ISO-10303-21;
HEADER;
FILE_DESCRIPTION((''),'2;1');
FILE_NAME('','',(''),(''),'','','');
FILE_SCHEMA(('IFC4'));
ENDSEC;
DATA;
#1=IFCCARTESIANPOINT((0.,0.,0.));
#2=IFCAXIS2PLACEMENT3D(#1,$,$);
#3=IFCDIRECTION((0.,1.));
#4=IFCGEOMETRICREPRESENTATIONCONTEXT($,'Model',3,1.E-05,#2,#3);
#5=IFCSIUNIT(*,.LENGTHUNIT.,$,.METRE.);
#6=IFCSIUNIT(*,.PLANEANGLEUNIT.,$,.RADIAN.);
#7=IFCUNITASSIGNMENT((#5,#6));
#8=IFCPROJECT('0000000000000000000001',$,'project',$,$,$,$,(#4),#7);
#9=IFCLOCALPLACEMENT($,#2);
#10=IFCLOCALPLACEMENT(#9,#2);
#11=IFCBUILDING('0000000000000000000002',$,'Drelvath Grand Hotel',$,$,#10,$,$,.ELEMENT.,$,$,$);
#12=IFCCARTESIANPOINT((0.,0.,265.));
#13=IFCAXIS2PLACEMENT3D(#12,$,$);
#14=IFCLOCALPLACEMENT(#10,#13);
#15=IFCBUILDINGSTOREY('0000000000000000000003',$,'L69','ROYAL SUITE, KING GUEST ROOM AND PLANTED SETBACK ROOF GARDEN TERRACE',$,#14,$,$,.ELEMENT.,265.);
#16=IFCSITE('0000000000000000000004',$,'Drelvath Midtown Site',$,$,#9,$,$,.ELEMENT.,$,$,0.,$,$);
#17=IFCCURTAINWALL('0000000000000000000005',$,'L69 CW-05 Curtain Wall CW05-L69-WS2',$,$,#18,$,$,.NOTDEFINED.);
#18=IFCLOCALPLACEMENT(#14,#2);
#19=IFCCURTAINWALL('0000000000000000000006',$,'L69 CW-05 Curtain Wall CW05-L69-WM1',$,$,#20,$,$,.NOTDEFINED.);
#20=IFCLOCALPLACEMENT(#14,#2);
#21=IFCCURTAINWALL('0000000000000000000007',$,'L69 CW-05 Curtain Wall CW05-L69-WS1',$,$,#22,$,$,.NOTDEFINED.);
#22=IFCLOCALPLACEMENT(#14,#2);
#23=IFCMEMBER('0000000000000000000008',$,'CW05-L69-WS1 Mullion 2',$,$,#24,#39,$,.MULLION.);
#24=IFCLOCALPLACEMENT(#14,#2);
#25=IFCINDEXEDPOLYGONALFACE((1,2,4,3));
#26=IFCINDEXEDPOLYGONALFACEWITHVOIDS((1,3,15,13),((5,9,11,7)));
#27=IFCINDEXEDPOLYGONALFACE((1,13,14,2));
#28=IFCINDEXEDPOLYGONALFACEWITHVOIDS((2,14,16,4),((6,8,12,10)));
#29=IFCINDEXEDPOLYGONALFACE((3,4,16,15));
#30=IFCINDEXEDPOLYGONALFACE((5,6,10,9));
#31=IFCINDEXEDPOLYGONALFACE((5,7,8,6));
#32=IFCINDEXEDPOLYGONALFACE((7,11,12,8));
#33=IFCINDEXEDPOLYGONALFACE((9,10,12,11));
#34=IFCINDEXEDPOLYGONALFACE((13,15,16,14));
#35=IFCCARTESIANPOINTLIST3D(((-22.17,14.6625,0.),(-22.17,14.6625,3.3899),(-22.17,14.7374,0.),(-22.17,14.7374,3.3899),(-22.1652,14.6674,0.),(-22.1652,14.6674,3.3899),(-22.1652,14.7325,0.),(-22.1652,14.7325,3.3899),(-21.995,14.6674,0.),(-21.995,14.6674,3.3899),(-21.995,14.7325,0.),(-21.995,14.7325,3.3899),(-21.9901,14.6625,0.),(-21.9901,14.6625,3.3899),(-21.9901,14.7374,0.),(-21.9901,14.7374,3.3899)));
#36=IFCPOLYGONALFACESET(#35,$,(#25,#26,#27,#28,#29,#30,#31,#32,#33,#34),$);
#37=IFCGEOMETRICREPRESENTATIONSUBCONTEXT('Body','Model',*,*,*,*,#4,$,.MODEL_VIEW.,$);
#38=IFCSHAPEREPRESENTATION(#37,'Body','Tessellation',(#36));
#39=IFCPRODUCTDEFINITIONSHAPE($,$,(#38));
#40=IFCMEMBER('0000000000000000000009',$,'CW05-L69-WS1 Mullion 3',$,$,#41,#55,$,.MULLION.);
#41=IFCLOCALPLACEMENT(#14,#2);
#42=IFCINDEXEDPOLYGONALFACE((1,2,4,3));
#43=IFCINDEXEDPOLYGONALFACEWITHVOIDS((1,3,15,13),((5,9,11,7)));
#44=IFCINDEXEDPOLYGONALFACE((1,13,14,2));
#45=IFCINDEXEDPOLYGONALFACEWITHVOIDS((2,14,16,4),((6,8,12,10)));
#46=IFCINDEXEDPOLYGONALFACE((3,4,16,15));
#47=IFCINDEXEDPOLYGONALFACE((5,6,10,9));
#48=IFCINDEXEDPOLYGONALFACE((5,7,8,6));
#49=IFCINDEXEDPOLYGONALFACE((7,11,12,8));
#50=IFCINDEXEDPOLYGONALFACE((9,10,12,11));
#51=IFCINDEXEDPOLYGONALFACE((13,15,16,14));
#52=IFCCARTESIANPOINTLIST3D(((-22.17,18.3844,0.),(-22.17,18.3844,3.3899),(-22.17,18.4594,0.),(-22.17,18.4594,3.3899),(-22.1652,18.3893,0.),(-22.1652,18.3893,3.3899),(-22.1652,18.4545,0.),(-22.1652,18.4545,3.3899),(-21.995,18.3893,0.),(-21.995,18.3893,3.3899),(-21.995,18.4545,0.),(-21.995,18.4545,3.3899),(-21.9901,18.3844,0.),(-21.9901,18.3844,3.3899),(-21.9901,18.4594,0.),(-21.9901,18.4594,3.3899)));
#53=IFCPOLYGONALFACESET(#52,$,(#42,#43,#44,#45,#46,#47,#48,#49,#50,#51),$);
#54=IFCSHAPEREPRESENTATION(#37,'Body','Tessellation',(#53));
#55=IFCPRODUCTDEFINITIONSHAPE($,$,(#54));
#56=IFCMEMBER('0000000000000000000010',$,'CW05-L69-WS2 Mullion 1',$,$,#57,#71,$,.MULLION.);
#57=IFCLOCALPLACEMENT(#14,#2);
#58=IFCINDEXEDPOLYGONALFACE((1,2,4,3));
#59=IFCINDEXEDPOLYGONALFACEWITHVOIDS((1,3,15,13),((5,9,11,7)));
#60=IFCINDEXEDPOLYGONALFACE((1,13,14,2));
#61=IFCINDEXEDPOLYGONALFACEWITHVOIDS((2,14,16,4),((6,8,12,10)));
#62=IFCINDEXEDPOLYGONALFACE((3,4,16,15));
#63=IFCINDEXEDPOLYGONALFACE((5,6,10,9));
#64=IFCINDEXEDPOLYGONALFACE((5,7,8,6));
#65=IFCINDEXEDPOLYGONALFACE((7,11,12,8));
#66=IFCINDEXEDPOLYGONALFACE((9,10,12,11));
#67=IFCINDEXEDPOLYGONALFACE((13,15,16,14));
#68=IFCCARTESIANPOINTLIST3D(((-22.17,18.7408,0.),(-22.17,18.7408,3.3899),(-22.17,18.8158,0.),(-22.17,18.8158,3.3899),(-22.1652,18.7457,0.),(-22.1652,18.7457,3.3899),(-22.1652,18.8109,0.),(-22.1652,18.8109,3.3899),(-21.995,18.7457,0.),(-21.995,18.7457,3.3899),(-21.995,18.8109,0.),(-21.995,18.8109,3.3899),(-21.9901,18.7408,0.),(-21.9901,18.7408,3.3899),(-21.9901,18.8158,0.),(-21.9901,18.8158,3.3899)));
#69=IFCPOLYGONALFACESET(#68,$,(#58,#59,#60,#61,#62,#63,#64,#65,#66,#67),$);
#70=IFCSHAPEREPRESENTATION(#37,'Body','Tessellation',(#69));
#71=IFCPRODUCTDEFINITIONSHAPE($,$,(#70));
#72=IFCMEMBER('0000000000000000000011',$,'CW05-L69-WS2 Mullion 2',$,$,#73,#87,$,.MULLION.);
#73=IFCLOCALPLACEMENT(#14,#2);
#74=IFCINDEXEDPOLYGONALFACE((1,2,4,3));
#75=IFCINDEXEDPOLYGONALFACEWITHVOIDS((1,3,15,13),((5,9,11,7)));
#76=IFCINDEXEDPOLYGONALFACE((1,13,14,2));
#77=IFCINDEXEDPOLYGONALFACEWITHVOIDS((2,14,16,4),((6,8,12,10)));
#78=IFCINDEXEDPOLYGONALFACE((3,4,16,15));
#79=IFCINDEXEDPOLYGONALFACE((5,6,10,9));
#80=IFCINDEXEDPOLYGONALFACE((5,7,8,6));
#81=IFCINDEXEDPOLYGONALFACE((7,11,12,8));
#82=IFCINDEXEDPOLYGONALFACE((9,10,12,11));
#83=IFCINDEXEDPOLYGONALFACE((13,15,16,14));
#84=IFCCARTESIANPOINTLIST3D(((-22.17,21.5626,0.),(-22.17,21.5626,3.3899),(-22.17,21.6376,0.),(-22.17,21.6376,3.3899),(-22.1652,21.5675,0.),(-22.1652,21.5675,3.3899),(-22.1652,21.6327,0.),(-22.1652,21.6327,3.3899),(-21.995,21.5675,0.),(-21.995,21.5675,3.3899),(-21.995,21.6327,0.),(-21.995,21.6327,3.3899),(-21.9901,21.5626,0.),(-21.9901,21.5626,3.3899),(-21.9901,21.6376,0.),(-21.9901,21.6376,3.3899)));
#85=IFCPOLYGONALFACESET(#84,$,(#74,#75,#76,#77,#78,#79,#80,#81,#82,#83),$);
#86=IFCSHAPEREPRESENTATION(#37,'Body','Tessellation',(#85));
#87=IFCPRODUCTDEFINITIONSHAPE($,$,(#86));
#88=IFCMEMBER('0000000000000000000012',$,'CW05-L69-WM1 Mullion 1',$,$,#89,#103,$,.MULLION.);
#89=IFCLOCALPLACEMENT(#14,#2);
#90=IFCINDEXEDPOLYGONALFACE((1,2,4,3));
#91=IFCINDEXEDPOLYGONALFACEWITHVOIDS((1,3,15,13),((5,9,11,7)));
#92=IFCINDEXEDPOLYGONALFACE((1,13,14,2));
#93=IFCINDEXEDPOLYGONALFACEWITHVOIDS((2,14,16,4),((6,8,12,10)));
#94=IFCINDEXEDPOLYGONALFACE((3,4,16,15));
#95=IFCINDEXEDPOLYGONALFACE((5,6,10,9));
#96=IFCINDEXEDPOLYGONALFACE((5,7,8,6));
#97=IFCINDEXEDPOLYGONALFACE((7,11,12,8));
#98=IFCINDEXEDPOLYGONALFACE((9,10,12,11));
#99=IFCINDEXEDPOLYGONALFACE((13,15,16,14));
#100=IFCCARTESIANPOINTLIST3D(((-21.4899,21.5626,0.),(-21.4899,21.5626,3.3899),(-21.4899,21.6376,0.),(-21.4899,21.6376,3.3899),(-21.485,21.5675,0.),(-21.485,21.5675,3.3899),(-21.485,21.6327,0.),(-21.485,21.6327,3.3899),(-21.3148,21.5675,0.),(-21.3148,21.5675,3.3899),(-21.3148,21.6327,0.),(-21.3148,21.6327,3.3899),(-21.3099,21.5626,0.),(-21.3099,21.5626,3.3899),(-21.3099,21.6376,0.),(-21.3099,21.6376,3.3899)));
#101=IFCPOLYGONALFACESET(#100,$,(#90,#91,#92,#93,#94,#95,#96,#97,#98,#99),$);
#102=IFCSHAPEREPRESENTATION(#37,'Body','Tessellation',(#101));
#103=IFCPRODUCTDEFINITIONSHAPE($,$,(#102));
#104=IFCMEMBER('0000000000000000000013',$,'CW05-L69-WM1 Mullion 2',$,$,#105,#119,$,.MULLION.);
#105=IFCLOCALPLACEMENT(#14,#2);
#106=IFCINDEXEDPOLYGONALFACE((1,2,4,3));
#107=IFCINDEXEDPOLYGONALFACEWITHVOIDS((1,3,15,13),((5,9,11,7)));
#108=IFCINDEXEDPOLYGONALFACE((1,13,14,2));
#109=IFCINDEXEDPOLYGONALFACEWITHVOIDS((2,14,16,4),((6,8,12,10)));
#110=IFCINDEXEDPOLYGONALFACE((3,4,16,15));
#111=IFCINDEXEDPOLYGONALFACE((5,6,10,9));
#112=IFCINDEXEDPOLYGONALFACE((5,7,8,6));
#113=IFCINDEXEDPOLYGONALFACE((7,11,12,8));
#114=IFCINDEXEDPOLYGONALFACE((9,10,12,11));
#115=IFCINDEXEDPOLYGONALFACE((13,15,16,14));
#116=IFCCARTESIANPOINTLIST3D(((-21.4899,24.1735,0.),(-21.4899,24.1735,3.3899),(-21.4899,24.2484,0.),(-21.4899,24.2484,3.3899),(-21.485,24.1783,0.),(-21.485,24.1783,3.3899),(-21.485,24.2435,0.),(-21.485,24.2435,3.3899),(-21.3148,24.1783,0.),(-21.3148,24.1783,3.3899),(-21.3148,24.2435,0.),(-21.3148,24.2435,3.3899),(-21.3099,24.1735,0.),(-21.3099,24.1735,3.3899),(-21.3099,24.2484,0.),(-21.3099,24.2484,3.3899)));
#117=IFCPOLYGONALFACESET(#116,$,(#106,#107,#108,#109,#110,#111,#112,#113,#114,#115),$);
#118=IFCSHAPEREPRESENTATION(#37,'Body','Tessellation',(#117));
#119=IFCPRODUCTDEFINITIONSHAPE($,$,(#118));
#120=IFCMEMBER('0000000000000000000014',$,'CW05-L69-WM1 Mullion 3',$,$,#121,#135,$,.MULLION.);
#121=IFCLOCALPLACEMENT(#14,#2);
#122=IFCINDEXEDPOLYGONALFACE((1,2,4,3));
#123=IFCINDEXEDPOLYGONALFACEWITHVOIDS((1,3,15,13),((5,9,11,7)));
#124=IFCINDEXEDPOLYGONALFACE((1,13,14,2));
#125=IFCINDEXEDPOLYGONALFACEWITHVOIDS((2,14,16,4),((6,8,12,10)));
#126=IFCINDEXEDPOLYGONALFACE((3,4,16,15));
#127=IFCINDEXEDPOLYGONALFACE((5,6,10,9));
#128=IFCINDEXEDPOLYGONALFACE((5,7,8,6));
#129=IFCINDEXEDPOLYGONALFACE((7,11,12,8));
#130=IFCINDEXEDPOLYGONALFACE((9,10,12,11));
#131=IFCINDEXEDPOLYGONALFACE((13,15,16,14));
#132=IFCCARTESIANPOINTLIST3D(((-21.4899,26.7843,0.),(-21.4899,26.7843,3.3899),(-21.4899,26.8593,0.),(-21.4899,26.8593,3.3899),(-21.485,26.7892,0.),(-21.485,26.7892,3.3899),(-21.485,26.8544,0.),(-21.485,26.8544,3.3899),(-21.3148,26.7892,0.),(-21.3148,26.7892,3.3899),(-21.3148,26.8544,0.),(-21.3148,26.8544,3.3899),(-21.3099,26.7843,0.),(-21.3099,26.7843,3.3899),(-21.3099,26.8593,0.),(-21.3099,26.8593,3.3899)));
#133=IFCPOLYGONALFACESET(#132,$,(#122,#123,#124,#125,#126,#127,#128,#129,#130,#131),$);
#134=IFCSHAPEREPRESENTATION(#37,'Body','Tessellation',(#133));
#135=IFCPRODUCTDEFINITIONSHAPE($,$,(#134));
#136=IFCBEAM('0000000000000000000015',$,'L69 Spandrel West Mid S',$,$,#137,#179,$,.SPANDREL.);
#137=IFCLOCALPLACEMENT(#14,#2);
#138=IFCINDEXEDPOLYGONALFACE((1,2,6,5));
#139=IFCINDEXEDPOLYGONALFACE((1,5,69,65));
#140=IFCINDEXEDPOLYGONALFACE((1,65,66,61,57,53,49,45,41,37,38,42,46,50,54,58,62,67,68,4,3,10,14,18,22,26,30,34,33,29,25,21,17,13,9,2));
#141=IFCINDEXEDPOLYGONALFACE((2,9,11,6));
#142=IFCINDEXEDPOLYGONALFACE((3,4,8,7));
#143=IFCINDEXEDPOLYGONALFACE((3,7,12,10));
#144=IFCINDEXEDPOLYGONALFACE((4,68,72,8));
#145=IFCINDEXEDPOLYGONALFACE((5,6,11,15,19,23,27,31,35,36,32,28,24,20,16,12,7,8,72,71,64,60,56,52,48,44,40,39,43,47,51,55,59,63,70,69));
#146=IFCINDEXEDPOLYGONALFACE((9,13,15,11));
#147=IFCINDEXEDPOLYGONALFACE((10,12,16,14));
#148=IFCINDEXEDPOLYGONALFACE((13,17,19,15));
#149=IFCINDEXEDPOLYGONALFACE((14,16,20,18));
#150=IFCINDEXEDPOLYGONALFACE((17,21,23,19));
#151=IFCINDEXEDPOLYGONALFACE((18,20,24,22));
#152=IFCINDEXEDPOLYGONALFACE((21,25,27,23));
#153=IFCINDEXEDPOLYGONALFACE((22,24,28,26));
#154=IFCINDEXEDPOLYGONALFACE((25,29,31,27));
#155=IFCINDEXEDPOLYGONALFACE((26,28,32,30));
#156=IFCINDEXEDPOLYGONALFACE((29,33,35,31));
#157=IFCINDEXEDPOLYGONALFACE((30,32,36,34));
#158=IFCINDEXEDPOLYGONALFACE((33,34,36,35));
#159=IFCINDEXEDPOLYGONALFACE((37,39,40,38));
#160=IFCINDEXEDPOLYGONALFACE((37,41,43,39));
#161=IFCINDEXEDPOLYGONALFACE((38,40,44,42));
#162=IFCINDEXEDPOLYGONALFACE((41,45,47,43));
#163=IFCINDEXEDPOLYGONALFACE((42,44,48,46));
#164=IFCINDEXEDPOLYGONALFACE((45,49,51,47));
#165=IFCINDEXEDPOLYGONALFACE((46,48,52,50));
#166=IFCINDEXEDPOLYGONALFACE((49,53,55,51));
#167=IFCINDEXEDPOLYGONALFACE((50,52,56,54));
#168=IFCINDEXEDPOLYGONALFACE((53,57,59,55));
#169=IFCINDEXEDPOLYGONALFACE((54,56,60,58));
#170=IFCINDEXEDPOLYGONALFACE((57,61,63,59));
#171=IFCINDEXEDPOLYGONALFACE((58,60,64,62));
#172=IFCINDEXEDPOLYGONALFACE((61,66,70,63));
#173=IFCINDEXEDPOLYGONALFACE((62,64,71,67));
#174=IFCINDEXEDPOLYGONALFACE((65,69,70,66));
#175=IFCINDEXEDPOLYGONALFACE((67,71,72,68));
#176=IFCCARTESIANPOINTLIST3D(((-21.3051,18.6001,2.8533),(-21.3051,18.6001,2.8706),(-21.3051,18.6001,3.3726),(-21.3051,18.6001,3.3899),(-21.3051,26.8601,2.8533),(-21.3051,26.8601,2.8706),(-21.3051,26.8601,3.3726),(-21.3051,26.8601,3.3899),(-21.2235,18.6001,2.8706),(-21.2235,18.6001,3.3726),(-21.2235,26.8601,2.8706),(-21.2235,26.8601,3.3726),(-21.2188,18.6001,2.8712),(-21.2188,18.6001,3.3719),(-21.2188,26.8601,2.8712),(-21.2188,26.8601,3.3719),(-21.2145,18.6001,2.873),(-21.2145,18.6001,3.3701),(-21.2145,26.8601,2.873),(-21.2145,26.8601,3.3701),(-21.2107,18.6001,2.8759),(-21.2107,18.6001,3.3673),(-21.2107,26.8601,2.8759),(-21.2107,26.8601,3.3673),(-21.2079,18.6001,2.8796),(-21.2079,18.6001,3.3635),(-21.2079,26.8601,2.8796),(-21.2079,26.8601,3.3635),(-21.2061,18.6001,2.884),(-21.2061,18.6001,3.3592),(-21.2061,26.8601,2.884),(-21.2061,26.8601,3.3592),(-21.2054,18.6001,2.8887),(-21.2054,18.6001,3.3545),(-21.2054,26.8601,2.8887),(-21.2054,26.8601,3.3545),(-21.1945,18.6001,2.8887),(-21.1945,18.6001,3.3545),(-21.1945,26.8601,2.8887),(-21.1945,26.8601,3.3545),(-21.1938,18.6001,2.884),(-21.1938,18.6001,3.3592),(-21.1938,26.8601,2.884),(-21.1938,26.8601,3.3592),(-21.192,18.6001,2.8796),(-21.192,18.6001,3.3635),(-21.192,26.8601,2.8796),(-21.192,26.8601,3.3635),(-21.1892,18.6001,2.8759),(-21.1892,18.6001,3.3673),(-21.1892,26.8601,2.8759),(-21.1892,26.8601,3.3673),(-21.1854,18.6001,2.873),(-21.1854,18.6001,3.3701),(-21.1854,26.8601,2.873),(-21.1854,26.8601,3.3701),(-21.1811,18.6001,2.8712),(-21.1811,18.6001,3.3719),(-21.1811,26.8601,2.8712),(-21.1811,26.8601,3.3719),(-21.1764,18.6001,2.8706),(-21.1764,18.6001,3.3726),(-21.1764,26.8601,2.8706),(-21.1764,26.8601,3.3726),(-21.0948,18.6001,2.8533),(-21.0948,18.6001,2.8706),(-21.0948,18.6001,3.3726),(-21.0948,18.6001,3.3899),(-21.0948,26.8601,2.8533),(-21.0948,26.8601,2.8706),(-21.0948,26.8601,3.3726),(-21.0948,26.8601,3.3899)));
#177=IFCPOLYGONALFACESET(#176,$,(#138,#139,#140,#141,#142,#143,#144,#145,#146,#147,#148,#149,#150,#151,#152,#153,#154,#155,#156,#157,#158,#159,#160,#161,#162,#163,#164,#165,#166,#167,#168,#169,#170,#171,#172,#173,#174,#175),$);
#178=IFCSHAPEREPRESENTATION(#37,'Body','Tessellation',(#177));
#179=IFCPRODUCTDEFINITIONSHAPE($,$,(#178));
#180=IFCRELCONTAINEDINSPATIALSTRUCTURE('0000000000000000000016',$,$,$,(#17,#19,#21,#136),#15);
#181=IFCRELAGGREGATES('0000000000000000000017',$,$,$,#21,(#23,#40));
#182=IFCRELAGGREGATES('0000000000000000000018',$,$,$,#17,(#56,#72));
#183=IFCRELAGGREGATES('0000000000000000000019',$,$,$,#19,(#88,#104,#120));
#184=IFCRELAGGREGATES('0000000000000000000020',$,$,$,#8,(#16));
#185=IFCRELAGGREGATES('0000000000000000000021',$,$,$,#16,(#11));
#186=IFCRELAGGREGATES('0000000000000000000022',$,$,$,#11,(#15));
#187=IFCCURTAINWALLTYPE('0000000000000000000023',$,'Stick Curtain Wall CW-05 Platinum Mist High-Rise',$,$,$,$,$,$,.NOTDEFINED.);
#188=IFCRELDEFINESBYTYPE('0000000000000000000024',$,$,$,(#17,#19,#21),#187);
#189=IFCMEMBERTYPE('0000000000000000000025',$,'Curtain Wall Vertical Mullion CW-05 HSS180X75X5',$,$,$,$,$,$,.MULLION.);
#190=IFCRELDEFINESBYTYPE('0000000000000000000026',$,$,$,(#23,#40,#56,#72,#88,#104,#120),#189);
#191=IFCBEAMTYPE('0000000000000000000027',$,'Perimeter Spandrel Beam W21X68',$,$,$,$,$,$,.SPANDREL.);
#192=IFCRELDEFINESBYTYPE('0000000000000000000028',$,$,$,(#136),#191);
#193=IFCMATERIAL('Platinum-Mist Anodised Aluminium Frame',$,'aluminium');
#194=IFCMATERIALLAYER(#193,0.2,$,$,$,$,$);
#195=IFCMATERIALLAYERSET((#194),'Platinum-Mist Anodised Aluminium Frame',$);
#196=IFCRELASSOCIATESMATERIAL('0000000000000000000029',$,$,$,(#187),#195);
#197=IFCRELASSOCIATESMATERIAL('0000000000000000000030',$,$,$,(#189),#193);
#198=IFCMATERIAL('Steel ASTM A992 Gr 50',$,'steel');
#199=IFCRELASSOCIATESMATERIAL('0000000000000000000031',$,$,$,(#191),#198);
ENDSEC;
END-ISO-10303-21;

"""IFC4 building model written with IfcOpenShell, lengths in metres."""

from ifc_helpers import new_model, si_unit, direction, frame, origin, origin_2d, place, context, subcontext, project, spatial, hollow_rectangle, i_section, extrude, material, layer, layer_set, material_profile, profile_set, type_object, element, aggregate, save


model = new_model("IFC4")

# Units and contexts
model_context = context("Model", 3, precision=1e-05, world=origin(), true_north=direction((0.0, 1.0)))
body_context = subcontext(model_context, "Body", "Model", "MODEL_VIEW")
ifc_project = project(units=[si_unit("LENGTHUNIT", "METRE"), si_unit("PLANEANGLEUNIT", "RADIAN")], contexts=[model_context])

# Site, building, storey
site_placement = place(None, origin())
site = spatial("IfcSite", under=ifc_project, at=site_placement, Name="Drelvath Midtown Site", CompositionType="ELEMENT", RefElevation=0.0)
building_placement = place(site_placement, origin())
building = spatial("IfcBuilding", under=site, at=building_placement, Name="Drelvath Grand Hotel", CompositionType="ELEMENT")
storey_placement = place(building_placement, frame((0.0, 0.0, 265.0)))
storey = spatial("IfcBuildingStorey", under=building, at=storey_placement, Name="L69", Description="ROYAL SUITE, KING GUEST ROOM AND PLANTED SETBACK ROOF GARDEN TERRACE", CompositionType="ELEMENT", Elevation=265.0)

# Shared definitions
ifc_material_1 = material(Name="Steel ASTM A992 Gr 50", Category="steel")

# Curtain walls
ifc_material_2 = material(Name="Platinum-Mist Anodised Aluminium Frame", Category="aluminium")
ifc_layer_1 = layer(ifc_material_2, 0.2)
ifc_layer_set_1 = layer_set([ifc_layer_1], Name="Platinum-Mist Anodised Aluminium Frame")
curtain_wall_type = type_object("IfcCurtainWallType", Name="Stick Curtain Wall CW-05 Platinum Mist High-Rise", PredefinedType="NOTDEFINED", material=ifc_layer_set_1)
curtain_wall_1_placement = place(storey_placement, origin())
curtain_wall_1 = element("IfcCurtainWall", 1, at=curtain_wall_1_placement, inside=storey, type_object=curtain_wall_type, Name="L69 CW-05 Curtain Wall CW05-L69-WS2", PredefinedType="NOTDEFINED")
curtain_wall_2_placement = place(storey_placement, origin())
curtain_wall_2 = element("IfcCurtainWall", 2, at=curtain_wall_2_placement, inside=storey, type_object=curtain_wall_type, Name="L69 CW-05 Curtain Wall CW05-L69-WM1", PredefinedType="NOTDEFINED")

# Curtain wall, members
curtain_wall_3_placement = place(storey_placement, origin())
curtain_wall_3 = element("IfcCurtainWall", 3, at=curtain_wall_3_placement, inside=storey, type_object=curtain_wall_type, Name="L69 CW-05 Curtain Wall CW05-L69-WS1", PredefinedType="NOTDEFINED")
ifc_material_profile_1 = material_profile(ifc_material_2, hollow_rectangle(XDim=0.075, YDim=0.1799, WallThickness=0.0049, at=origin_2d()), Name="HSS180X75X5")
ifc_profile_set_1 = profile_set([ifc_material_profile_1], Name="Platinum-Mist Anodised Aluminium Frame")
member_type_1 = type_object("IfcMemberType", Name="Curtain Wall Vertical Mullion CW-05 HSS180X75X5", PredefinedType="MULLION", material=ifc_profile_set_1)
member_1_placement = place(storey_placement, frame((-22.0801, 14.7, 0.0), z_axis=(0.0, 0.0, 1.0), x_axis=(0.0, 1.0, 0.0)))
member_1 = element("IfcMember", 4, at=member_1_placement, type_object=member_type_1, Name="CW05-L69-WS1 Mullion 2", PredefinedType="MULLION", context=body_context, shape_type="SweptSolid", body=[
    extrude(hollow_rectangle(XDim=0.075, YDim=0.1799, WallThickness=0.0049, at=origin_2d()), origin(), (0.0, 0.0, 1.0), 3.3899),
])
member_2_placement = place(storey_placement, frame((-22.0801, 18.4219, 0.0), z_axis=(0.0, 0.0, 1.0), x_axis=(0.0, 1.0, 0.0)))
member_2 = element("IfcMember", 5, at=member_2_placement, type_object=member_type_1, Name="CW05-L69-WS1 Mullion 3", PredefinedType="MULLION", context=body_context, shape_type="SweptSolid", body=[
    extrude(hollow_rectangle(XDim=0.075, YDim=0.1799, WallThickness=0.0049, at=origin_2d()), origin(), (0.0, 0.0, 1.0), 3.3899),
])

# Members
member_3_placement = place(storey_placement, frame((-22.0801, 18.7783, 0.0), z_axis=(0.0, 0.0, 1.0), x_axis=(0.0, 1.0, 0.0)))
member_3 = element("IfcMember", 6, at=member_3_placement, type_object=member_type_1, Name="CW05-L69-WS2 Mullion 1", PredefinedType="MULLION", context=body_context, shape_type="SweptSolid", body=[
    extrude(hollow_rectangle(XDim=0.075, YDim=0.1799, WallThickness=0.0049, at=origin_2d()), origin(), (0.0, 0.0, 1.0), 3.3899),
])
member_4_placement = place(storey_placement, frame((-22.0801, 21.6001, 0.0), z_axis=(0.0, 0.0, 1.0), x_axis=(0.0, 1.0, 0.0)))
member_4 = element("IfcMember", 7, at=member_4_placement, type_object=member_type_1, Name="CW05-L69-WS2 Mullion 2", PredefinedType="MULLION", context=body_context, shape_type="SweptSolid", body=[
    extrude(hollow_rectangle(XDim=0.075, YDim=0.1799, WallThickness=0.0049, at=origin_2d()), origin(), (0.0, 0.0, 1.0), 3.3899),
])
member_5_placement = place(storey_placement, frame((-21.3999, 21.6001, 0.0), z_axis=(0.0, 0.0, 1.0), x_axis=(0.0, 1.0, 0.0)))
member_5 = element("IfcMember", 8, at=member_5_placement, type_object=member_type_1, Name="CW05-L69-WM1 Mullion 1", PredefinedType="MULLION", context=body_context, shape_type="SweptSolid", body=[
    extrude(hollow_rectangle(XDim=0.075, YDim=0.1799, WallThickness=0.0049, at=origin_2d()), origin(), (0.0, 0.0, 1.0), 3.3899),
])
member_6_placement = place(storey_placement, frame((-21.3999, 24.2109, 0.0), z_axis=(0.0, 0.0, 1.0), x_axis=(0.0, 1.0, 0.0)))
member_6 = element("IfcMember", 9, at=member_6_placement, type_object=member_type_1, Name="CW05-L69-WM1 Mullion 2", PredefinedType="MULLION", context=body_context, shape_type="SweptSolid", body=[
    extrude(hollow_rectangle(XDim=0.075, YDim=0.1799, WallThickness=0.0049, at=origin_2d()), origin(), (0.0, 0.0, 1.0), 3.3899),
])
member_7_placement = place(storey_placement, frame((-21.3999, 26.8218, 0.0), z_axis=(0.0, 0.0, 1.0), x_axis=(0.0, 1.0, 0.0)))
member_7 = element("IfcMember", 10, at=member_7_placement, type_object=member_type_1, Name="CW05-L69-WM1 Mullion 3", PredefinedType="MULLION", context=body_context, shape_type="SweptSolid", body=[
    extrude(hollow_rectangle(XDim=0.075, YDim=0.1799, WallThickness=0.0049, at=origin_2d()), origin(), (0.0, 0.0, 1.0), 3.3899),
])

# Beam
ifc_material_profile_2 = material_profile(ifc_material_1, i_section(OverallWidth=0.2102, OverallDepth=0.5366, WebThickness=0.011, FlangeThickness=0.0173, FilletRadius=0.0181, at=origin_2d()), Name="W21X68")
ifc_profile_set_2 = profile_set([ifc_material_profile_2], Name="Steel ASTM A992 Gr 50")
beam_type_1 = type_object("IfcBeamType", Name="Perimeter Spandrel Beam W21X68", PredefinedType="SPANDREL", material=ifc_profile_set_2)
beam_1_placement = place(storey_placement, frame((-21.2, 18.6001, 3.1216), z_axis=(0.0, 1.0, 0.0), x_axis=(-1.0, 0.0, 0.0)))
element("IfcBeam", 11, at=beam_1_placement, inside=storey, type_object=beam_type_1, Name="L69 Spandrel West Mid S", PredefinedType="SPANDREL", context=body_context, shape_type="SweptSolid", body=[
    extrude(i_section(OverallWidth=0.2102, OverallDepth=0.5366, WebThickness=0.011, FlangeThickness=0.0173, FilletRadius=0.0181, at=origin_2d()), origin(), (0.0, 0.0, 1.0), 8.26),
])

aggregate(curtain_wall_3, [member_1, member_2])
aggregate(curtain_wall_1, [member_3, member_4])
aggregate(curtain_wall_2, [member_5, member_6, member_7])

save(model, "model.ifc")
